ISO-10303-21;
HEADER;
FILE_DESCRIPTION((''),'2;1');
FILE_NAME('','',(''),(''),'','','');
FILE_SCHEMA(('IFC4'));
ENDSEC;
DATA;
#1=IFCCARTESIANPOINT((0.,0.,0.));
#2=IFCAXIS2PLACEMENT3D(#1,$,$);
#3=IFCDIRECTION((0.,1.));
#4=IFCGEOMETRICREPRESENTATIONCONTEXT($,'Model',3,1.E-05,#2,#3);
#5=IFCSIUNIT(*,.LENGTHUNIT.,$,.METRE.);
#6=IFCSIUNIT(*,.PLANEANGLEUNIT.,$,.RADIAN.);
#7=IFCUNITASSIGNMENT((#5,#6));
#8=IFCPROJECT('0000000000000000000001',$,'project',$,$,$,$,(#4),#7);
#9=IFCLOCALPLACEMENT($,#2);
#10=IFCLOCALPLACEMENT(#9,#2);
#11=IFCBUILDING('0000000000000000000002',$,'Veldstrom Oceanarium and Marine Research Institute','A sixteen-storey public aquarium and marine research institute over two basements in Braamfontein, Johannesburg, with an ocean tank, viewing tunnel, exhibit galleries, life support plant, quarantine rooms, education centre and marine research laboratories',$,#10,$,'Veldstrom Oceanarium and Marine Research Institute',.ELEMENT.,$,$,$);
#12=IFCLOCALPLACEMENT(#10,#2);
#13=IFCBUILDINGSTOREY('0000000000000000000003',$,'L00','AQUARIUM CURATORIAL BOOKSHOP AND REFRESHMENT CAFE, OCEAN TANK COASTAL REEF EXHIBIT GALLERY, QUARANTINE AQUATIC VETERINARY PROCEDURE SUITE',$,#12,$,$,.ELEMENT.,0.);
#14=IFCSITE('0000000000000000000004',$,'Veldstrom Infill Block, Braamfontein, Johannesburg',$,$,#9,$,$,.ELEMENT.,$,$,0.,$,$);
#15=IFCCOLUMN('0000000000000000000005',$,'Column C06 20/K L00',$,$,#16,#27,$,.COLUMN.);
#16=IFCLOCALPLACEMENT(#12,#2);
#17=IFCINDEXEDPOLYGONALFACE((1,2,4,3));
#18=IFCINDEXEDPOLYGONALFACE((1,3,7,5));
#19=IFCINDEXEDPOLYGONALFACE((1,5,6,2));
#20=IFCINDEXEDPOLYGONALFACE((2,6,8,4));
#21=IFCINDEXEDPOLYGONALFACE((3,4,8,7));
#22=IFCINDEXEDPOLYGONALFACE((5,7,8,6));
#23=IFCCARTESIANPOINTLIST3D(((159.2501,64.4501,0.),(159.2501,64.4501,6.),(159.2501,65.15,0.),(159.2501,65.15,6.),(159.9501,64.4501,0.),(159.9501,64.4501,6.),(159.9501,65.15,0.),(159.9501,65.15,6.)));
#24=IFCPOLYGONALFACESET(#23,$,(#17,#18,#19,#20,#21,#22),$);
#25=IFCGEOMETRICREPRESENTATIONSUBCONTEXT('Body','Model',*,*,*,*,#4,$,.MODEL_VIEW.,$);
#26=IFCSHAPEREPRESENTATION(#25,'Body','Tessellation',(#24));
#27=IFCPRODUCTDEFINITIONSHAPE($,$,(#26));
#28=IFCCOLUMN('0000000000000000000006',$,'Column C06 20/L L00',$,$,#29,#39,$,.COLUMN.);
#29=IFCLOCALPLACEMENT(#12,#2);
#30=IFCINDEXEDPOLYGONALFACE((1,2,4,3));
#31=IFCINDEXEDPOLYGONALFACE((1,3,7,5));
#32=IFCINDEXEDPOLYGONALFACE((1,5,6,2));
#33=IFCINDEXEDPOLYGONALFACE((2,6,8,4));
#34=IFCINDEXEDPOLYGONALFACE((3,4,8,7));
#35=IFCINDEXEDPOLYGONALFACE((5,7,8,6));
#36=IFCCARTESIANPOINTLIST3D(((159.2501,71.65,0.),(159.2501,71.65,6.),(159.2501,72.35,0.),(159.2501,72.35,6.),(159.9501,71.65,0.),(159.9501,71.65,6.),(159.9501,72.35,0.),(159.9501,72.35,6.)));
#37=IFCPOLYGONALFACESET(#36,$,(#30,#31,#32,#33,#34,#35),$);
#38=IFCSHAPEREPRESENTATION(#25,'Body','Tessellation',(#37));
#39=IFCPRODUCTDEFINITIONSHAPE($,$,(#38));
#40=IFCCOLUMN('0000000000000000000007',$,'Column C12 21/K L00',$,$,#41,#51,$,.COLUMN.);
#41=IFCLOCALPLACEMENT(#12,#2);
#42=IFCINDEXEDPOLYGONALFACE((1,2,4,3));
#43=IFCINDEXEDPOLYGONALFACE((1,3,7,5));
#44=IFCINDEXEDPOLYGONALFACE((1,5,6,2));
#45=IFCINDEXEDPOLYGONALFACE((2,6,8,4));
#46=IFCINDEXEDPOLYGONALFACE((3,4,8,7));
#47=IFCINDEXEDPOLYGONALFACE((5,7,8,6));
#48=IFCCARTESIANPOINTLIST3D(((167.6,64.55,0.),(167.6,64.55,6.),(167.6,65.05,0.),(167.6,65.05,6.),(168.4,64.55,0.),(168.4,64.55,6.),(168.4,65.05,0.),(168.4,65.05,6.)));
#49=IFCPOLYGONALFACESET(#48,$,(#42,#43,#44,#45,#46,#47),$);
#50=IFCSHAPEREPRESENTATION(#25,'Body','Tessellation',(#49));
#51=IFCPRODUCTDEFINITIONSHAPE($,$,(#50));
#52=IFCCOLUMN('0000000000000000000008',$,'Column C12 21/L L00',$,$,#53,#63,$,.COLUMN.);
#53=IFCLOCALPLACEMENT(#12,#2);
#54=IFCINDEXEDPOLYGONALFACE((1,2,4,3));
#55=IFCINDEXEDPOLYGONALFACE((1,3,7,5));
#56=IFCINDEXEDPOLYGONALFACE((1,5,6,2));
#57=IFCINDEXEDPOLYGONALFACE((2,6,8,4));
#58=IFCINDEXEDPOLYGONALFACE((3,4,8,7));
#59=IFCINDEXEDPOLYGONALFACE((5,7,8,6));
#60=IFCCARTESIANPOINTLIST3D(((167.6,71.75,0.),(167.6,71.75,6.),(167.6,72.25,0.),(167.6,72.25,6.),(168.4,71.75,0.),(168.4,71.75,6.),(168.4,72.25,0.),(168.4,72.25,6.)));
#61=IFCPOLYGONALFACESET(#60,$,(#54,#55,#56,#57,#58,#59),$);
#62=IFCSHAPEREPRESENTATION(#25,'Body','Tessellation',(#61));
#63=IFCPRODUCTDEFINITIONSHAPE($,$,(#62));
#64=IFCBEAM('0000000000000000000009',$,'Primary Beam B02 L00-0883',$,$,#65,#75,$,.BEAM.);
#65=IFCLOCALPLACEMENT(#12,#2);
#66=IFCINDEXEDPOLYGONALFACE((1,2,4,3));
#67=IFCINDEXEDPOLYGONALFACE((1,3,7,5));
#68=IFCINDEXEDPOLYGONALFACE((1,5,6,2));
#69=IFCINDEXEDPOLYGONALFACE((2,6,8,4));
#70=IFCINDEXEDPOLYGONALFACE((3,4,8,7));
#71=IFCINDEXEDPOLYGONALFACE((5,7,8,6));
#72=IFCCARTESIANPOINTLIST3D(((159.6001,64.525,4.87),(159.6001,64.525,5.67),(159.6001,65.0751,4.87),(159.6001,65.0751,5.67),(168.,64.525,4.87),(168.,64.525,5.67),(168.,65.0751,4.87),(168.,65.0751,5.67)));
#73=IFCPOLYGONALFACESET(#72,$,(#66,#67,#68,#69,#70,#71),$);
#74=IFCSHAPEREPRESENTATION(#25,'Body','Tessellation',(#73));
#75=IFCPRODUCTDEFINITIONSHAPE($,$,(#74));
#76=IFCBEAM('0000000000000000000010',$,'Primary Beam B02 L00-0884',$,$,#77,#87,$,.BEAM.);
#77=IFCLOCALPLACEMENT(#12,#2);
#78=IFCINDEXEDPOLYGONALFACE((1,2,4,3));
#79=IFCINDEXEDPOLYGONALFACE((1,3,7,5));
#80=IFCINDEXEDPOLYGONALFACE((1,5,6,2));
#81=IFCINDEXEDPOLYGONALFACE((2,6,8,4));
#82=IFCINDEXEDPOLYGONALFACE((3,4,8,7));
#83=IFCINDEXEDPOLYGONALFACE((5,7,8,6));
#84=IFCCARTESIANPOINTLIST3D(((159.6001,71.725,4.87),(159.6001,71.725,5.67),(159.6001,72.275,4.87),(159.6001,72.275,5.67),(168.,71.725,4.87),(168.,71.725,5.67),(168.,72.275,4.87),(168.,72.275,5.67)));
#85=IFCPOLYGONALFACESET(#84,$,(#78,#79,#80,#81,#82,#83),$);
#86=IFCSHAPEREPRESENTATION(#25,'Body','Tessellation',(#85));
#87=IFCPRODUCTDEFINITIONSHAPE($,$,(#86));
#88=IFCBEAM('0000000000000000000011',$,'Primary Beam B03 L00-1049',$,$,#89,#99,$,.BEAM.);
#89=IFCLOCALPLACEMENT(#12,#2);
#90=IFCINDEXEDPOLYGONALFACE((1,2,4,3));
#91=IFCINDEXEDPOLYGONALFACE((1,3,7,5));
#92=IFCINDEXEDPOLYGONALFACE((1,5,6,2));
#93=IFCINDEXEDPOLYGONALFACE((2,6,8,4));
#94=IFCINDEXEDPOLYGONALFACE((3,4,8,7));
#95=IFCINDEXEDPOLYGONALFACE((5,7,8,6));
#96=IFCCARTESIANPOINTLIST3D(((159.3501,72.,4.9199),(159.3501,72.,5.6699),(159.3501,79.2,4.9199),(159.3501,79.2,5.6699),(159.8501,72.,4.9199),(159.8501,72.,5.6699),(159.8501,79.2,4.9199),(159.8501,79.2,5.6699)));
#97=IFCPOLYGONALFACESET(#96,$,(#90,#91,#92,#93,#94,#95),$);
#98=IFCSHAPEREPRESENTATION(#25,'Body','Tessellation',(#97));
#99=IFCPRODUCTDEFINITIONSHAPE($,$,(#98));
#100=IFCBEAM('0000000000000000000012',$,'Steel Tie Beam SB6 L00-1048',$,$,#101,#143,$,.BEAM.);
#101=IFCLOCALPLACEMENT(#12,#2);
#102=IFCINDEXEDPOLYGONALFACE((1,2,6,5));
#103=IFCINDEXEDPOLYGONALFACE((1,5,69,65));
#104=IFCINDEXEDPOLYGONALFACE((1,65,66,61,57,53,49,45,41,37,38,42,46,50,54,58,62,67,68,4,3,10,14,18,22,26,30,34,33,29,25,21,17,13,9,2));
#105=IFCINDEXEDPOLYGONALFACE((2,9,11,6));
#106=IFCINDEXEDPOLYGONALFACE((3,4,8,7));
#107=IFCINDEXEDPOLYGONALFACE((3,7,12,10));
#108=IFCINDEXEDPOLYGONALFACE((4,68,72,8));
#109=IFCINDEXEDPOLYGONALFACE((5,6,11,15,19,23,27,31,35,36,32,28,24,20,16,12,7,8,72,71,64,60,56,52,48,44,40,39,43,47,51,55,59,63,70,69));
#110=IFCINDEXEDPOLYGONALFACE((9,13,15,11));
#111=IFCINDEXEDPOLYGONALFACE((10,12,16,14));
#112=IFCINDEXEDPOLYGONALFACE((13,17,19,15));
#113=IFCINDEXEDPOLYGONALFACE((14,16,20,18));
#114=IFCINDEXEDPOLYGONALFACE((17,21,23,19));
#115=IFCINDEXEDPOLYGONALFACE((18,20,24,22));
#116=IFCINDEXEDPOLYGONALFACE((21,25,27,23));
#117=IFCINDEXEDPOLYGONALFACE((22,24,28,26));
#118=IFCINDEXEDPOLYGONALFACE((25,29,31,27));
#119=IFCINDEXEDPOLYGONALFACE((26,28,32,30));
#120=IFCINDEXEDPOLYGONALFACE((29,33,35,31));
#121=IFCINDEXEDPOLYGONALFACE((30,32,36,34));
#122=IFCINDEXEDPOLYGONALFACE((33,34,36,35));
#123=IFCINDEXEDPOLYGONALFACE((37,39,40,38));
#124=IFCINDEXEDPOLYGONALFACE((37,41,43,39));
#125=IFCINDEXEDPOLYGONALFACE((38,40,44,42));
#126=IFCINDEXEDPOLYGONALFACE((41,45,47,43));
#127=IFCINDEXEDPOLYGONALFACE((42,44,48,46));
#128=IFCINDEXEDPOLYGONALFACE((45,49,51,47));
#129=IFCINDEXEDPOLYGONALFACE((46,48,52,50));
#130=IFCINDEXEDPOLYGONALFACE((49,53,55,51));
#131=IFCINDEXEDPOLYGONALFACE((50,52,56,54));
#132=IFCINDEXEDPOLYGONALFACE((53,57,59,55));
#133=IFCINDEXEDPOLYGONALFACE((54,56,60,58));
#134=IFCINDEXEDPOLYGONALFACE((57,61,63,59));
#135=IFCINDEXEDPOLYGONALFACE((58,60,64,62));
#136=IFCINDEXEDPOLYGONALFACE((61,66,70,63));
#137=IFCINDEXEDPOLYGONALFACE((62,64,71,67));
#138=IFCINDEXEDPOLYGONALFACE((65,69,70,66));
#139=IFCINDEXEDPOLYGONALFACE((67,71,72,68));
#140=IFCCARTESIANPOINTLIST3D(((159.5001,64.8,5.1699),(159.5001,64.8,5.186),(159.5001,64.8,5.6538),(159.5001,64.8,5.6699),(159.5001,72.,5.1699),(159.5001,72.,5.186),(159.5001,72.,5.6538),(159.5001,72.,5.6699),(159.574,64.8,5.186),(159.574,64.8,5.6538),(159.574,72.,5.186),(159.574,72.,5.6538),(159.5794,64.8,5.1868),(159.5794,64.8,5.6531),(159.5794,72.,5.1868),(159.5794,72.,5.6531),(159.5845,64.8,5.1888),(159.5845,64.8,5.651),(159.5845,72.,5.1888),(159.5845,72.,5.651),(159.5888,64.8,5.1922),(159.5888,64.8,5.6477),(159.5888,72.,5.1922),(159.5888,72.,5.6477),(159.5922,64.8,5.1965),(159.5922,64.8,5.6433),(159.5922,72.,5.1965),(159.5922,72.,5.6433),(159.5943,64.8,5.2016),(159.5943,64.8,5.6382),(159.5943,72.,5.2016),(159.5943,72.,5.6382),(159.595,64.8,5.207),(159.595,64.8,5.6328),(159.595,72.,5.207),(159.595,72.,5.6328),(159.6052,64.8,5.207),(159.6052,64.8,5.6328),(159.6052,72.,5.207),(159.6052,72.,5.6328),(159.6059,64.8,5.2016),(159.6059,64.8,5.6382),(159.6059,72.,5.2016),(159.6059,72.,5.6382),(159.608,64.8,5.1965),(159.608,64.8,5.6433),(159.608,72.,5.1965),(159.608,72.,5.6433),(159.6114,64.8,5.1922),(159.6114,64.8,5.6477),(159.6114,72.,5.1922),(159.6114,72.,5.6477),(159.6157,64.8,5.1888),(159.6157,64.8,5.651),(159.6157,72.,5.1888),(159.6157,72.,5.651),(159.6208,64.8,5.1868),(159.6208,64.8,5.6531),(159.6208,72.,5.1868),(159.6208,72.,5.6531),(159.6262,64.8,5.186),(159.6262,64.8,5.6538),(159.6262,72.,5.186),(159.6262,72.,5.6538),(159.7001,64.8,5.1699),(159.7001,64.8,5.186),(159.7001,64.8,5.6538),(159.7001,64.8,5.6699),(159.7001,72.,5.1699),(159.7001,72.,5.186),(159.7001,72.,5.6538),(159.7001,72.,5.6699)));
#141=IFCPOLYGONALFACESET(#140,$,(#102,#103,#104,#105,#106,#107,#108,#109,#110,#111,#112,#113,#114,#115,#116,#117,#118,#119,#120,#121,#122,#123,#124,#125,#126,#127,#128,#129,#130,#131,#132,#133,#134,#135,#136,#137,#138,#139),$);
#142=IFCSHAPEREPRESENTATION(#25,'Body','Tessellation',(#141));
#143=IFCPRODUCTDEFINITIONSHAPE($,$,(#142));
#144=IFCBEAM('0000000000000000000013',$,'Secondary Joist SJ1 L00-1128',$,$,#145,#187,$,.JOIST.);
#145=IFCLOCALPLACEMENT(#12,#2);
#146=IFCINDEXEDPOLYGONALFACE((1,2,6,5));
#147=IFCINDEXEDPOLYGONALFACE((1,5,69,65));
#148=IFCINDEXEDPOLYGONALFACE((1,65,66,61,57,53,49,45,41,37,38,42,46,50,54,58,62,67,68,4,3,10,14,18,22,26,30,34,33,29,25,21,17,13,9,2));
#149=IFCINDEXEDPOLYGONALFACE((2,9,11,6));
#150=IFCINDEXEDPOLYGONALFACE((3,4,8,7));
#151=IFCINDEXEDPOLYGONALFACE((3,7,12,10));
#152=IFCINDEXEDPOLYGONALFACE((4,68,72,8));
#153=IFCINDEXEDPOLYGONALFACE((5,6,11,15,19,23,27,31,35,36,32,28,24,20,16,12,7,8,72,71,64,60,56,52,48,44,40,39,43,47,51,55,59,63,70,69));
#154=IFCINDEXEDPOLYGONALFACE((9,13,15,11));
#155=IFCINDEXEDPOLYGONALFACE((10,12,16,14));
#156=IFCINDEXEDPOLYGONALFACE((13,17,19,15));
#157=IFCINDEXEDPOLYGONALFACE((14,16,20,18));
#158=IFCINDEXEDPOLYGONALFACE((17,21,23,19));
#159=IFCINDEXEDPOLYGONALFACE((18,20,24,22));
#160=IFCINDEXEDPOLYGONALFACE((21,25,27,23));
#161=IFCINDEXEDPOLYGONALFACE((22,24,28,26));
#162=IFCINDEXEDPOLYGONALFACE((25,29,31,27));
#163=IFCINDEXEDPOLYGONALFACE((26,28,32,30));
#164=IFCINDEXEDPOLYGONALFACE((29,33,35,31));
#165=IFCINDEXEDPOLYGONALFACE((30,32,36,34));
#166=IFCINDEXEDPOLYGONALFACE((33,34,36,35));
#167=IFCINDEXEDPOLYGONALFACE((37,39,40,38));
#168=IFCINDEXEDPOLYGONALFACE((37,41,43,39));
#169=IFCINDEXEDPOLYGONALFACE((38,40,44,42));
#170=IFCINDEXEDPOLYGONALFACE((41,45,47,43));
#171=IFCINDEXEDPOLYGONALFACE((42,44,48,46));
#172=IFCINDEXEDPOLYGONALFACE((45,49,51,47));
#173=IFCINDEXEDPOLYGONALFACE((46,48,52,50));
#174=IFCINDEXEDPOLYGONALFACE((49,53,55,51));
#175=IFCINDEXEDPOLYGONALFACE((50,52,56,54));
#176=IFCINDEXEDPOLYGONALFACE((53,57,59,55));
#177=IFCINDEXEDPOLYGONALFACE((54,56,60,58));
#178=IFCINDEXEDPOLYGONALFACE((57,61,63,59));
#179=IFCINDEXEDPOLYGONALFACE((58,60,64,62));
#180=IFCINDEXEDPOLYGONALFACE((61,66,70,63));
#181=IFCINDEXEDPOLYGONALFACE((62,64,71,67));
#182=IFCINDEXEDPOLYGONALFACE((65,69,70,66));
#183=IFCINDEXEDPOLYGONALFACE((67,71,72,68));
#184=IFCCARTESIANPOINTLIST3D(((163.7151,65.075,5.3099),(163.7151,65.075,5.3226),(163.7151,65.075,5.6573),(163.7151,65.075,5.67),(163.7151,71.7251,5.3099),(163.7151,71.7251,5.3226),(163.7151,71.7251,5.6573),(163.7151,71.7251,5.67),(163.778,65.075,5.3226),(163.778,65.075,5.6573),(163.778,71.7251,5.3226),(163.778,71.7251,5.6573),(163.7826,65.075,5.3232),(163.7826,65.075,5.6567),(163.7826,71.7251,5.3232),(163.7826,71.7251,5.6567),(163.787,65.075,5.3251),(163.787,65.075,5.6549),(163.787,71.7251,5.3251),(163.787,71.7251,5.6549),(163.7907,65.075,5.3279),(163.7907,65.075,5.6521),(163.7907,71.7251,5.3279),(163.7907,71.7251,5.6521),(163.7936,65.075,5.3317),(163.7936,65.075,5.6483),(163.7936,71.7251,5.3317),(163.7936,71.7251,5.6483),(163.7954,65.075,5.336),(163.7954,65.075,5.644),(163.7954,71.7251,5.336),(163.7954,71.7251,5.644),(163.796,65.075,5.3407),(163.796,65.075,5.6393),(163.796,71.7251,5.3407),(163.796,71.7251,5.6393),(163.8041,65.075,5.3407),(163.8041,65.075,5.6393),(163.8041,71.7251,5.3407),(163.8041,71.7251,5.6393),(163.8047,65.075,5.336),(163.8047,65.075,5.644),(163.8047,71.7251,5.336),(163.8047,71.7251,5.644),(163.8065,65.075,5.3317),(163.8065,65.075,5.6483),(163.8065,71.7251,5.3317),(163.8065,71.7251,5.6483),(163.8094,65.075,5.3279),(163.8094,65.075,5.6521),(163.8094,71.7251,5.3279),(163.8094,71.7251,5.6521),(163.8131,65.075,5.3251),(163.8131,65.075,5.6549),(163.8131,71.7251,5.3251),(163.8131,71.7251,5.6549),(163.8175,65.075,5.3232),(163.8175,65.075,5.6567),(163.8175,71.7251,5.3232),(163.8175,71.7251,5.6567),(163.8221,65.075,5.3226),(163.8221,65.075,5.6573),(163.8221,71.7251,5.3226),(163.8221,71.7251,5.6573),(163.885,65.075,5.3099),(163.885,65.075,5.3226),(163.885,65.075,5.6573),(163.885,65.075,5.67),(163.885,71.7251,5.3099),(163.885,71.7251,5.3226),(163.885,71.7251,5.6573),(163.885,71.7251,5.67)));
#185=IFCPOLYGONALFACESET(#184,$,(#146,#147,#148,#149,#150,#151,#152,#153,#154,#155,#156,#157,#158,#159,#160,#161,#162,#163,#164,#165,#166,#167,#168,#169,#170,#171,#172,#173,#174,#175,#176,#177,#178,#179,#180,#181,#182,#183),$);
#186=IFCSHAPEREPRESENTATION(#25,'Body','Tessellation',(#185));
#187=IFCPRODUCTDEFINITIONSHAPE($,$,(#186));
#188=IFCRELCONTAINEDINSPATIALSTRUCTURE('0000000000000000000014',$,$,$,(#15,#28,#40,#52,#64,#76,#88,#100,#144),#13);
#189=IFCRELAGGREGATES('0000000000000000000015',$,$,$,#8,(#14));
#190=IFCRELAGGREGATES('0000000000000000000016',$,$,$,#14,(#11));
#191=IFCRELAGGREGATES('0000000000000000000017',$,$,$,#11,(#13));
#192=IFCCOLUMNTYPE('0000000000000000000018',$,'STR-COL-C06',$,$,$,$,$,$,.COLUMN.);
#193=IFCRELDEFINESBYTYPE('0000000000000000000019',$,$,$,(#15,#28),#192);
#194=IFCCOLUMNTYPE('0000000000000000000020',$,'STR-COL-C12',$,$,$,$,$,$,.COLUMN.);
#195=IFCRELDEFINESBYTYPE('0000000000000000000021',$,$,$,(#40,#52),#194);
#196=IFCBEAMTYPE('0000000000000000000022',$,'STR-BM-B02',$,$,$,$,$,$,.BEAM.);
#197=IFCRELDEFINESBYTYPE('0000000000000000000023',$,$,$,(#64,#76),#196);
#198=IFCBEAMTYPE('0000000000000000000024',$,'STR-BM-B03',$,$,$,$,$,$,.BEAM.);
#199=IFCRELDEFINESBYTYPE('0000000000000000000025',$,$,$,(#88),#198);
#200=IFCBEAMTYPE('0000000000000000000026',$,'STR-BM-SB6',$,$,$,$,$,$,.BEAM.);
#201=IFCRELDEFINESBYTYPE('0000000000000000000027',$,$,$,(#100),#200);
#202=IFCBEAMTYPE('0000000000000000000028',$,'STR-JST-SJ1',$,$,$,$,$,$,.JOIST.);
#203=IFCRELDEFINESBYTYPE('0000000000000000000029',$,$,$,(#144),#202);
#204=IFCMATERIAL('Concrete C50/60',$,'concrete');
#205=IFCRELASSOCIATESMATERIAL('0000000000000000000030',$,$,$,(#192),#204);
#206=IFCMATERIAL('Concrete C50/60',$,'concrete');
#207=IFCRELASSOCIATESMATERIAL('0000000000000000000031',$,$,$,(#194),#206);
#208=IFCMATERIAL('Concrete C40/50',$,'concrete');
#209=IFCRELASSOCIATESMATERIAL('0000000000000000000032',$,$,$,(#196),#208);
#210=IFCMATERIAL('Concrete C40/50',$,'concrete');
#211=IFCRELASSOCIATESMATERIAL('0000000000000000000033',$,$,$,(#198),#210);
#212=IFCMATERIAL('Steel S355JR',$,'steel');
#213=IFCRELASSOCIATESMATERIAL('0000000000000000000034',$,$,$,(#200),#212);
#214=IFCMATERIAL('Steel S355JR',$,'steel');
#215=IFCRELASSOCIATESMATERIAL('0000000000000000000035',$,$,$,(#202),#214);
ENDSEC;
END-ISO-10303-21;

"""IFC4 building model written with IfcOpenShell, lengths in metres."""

from ifc_helpers import new_model, si_unit, direction, frame, origin, origin_2d, place, context, subcontext, project, spatial, rectangle, i_section, extrude, material, material_profile, profile_set, type_object, element, save


model = new_model("IFC4")

# Units and contexts
model_context = context("Model", 3, precision=1e-05, world=origin(), true_north=direction((0.0, 1.0)))
body_context = subcontext(model_context, "Body", "Model", "MODEL_VIEW")
ifc_project = project(units=[si_unit("LENGTHUNIT", "METRE"), si_unit("PLANEANGLEUNIT", "RADIAN")], contexts=[model_context])

# Site, building, storey
site_placement = place(None, origin())
site = spatial("IfcSite", under=ifc_project, at=site_placement, Name="Veldstrom Infill Block, Braamfontein, Johannesburg", CompositionType="ELEMENT", RefElevation=0.0)
building_placement = place(site_placement, origin())
building = spatial("IfcBuilding", under=site, at=building_placement, Name="Veldstrom Oceanarium and Marine Research Institute", Description="A sixteen-storey public aquarium and marine research institute over two basements in Braamfontein, Johannesburg, with an ocean tank, viewing tunnel, exhibit galleries, life support plant, quarantine rooms, education centre and marine research laboratories", LongName="Veldstrom Oceanarium and Marine Research Institute", CompositionType="ELEMENT")
storey_placement = place(building_placement, origin())
storey = spatial("IfcBuildingStorey", under=building, at=storey_placement, Name="L00", Description="AQUARIUM CURATORIAL BOOKSHOP AND REFRESHMENT CAFE, OCEAN TANK COASTAL REEF EXHIBIT GALLERY, QUARANTINE AQUATIC VETERINARY PROCEDURE SUITE", CompositionType="ELEMENT", Elevation=0.0)

# Columns
ifc_material_1 = material(Name="Concrete C50/60", Category="concrete")
ifc_material_profile_1 = material_profile(ifc_material_1, rectangle(XDim=0.7, YDim=0.7, at=origin_2d()), Name="RC-COL-700x700")
ifc_profile_set_1 = profile_set([ifc_material_profile_1], Name="Concrete C50/60")
column_type_1 = type_object("IfcColumnType", Name="STR-COL-C06", PredefinedType="COLUMN", material=ifc_profile_set_1)
for number, where, z_axis, x_axis, name in (
    (1, (159.6001, 64.8, 0.0), (0.0, 0.0, 1.0), (1.0, 0.0, 0.0), "Column C06 20/K L00"),
    (2, (159.6001, 72.0, 0.0), (0.0, 0.0, 1.0), (1.0, 0.0, 0.0), "Column C06 20/L L00"),
):
    element("IfcColumn", number, at=place(storey_placement, frame(where, z_axis=z_axis, x_axis=x_axis)), inside=storey, type_object=column_type_1, Name=name, PredefinedType="COLUMN", context=body_context, shape_type="SweptSolid", body=[
        extrude(rectangle(XDim=0.7, YDim=0.7, at=origin_2d()), origin(), (0.0, 0.0, 1.0), 6.0),
    ])
ifc_material_2 = material(Name="Concrete C50/60", Category="concrete")
ifc_material_profile_2 = material_profile(ifc_material_2, rectangle(XDim=0.5, YDim=0.8, at=origin_2d()), Name="RC-COL-800x500")
ifc_profile_set_2 = profile_set([ifc_material_profile_2], Name="Concrete C50/60")
column_type_2 = type_object("IfcColumnType", Name="STR-COL-C12", PredefinedType="COLUMN", material=ifc_profile_set_2)
for number, where, z_axis, x_axis, name in (
    (3, (168.0, 64.8, 0.0), (0.0, 0.0, 1.0), (0.0, 1.0, 0.0), "Column C12 21/K L00"),
    (4, (168.0, 72.0, 0.0), (0.0, 0.0, 1.0), (0.0, 1.0, 0.0), "Column C12 21/L L00"),
):
    element("IfcColumn", number, at=place(storey_placement, frame(where, z_axis=z_axis, x_axis=x_axis)), inside=storey, type_object=column_type_2, Name=name, PredefinedType="COLUMN", context=body_context, shape_type="SweptSolid", body=[
        extrude(rectangle(XDim=0.5, YDim=0.8, at=origin_2d()), origin(), (0.0, 0.0, 1.0), 6.0),
    ])

# Beams
ifc_material_3 = material(Name="Concrete C40/50", Category="concrete")
ifc_material_profile_3 = material_profile(ifc_material_3, rectangle(XDim=0.55, YDim=0.8, at=origin_2d()), Name="RC-BM-550x800")
ifc_profile_set_3 = profile_set([ifc_material_profile_3], Name="Concrete C40/50")
beam_type_1 = type_object("IfcBeamType", Name="STR-BM-B02", PredefinedType="BEAM", material=ifc_profile_set_3)
for number, where, z_axis, x_axis, name in (
    (5, (159.6001, 64.8, 5.27), (1.0, 0.0, 0.0), (0.0, 1.0, 0.0), "Primary Beam B02 L00-0883"),
    (6, (159.6001, 72.0, 5.27), (1.0, 0.0, 0.0), (0.0, 1.0, 0.0), "Primary Beam B02 L00-0884"),
):
    element("IfcBeam", number, at=place(storey_placement, frame(where, z_axis=z_axis, x_axis=x_axis)), inside=storey, type_object=beam_type_1, Name=name, PredefinedType="BEAM", context=body_context, shape_type="SweptSolid", body=[
        extrude(rectangle(XDim=0.55, YDim=0.8, at=origin_2d()), origin(), (0.0, 0.0, 1.0), 8.3999),
    ])
ifc_material_4 = material(Name="Concrete C40/50", Category="concrete")
ifc_material_profile_4 = material_profile(ifc_material_4, rectangle(XDim=0.5, YDim=0.75, at=origin_2d()), Name="RC-BM-500x750")
ifc_profile_set_4 = profile_set([ifc_material_profile_4], Name="Concrete C40/50")
beam_type_2 = type_object("IfcBeamType", Name="STR-BM-B03", PredefinedType="BEAM", material=ifc_profile_set_4)
beam_1_placement = place(storey_placement, frame((159.6001, 72.0, 5.2949), z_axis=(0.0, 1.0, 0.0), x_axis=(-1.0, 0.0, 0.0)))
element("IfcBeam", 7, at=beam_1_placement, inside=storey, type_object=beam_type_2, Name="Primary Beam B03 L00-1049", PredefinedType="BEAM", context=body_context, shape_type="SweptSolid", body=[
    extrude(rectangle(XDim=0.5, YDim=0.75, at=origin_2d()), origin(), (0.0, 0.0, 1.0), 7.2),
])
ifc_material_5 = material(Name="Steel S355JR", Category="steel")
ifc_material_profile_5 = material_profile(ifc_material_5, i_section(OverallWidth=0.2, OverallDepth=0.5, WebThickness=0.0103, FlangeThickness=0.0161, FilletRadius=0.021, at=origin_2d()), Name="IPE 500")
ifc_profile_set_5 = profile_set([ifc_material_profile_5], Name="Steel S355JR")
beam_type_3 = type_object("IfcBeamType", Name="STR-BM-SB6", PredefinedType="BEAM", material=ifc_profile_set_5)
beam_2_placement = place(storey_placement, frame((159.6001, 64.8, 5.4199), z_axis=(0.0, 1.0, 0.0), x_axis=(-1.0, 0.0, 0.0)))
element("IfcBeam", 8, at=beam_2_placement, inside=storey, type_object=beam_type_3, Name="Steel Tie Beam SB6 L00-1048", PredefinedType="BEAM", context=body_context, shape_type="SweptSolid", body=[
    extrude(i_section(OverallWidth=0.2, OverallDepth=0.5, WebThickness=0.0103, FlangeThickness=0.0161, FilletRadius=0.021, at=origin_2d()), origin(), (0.0, 0.0, 1.0), 7.2),
])
ifc_material_6 = material(Name="Steel S355JR", Category="steel")
ifc_material_profile_6 = material_profile(ifc_material_6, i_section(OverallWidth=0.1699, OverallDepth=0.3601, WebThickness=0.0081, FlangeThickness=0.0127, FilletRadius=0.0181, at=origin_2d()), Name="IPE 360")
ifc_profile_set_6 = profile_set([ifc_material_profile_6], Name="Steel S355JR")
beam_type_4 = type_object("IfcBeamType", Name="STR-JST-SJ1", PredefinedType="JOIST", material=ifc_profile_set_6)
beam_3_placement = place(storey_placement, frame((163.8, 65.075, 5.49), z_axis=(0.0, 1.0, 0.0), x_axis=(-1.0, 0.0, 0.0)))
element("IfcBeam", 9, at=beam_3_placement, inside=storey, type_object=beam_type_4, Name="Secondary Joist SJ1 L00-1128", PredefinedType="JOIST", context=body_context, shape_type="SweptSolid", body=[
    extrude(i_section(OverallWidth=0.1699, OverallDepth=0.3601, WebThickness=0.0081, FlangeThickness=0.0127, FilletRadius=0.0181, at=origin_2d()), origin(), (0.0, 0.0, 1.0), 6.6501),
])

save(model, "model.ifc")
